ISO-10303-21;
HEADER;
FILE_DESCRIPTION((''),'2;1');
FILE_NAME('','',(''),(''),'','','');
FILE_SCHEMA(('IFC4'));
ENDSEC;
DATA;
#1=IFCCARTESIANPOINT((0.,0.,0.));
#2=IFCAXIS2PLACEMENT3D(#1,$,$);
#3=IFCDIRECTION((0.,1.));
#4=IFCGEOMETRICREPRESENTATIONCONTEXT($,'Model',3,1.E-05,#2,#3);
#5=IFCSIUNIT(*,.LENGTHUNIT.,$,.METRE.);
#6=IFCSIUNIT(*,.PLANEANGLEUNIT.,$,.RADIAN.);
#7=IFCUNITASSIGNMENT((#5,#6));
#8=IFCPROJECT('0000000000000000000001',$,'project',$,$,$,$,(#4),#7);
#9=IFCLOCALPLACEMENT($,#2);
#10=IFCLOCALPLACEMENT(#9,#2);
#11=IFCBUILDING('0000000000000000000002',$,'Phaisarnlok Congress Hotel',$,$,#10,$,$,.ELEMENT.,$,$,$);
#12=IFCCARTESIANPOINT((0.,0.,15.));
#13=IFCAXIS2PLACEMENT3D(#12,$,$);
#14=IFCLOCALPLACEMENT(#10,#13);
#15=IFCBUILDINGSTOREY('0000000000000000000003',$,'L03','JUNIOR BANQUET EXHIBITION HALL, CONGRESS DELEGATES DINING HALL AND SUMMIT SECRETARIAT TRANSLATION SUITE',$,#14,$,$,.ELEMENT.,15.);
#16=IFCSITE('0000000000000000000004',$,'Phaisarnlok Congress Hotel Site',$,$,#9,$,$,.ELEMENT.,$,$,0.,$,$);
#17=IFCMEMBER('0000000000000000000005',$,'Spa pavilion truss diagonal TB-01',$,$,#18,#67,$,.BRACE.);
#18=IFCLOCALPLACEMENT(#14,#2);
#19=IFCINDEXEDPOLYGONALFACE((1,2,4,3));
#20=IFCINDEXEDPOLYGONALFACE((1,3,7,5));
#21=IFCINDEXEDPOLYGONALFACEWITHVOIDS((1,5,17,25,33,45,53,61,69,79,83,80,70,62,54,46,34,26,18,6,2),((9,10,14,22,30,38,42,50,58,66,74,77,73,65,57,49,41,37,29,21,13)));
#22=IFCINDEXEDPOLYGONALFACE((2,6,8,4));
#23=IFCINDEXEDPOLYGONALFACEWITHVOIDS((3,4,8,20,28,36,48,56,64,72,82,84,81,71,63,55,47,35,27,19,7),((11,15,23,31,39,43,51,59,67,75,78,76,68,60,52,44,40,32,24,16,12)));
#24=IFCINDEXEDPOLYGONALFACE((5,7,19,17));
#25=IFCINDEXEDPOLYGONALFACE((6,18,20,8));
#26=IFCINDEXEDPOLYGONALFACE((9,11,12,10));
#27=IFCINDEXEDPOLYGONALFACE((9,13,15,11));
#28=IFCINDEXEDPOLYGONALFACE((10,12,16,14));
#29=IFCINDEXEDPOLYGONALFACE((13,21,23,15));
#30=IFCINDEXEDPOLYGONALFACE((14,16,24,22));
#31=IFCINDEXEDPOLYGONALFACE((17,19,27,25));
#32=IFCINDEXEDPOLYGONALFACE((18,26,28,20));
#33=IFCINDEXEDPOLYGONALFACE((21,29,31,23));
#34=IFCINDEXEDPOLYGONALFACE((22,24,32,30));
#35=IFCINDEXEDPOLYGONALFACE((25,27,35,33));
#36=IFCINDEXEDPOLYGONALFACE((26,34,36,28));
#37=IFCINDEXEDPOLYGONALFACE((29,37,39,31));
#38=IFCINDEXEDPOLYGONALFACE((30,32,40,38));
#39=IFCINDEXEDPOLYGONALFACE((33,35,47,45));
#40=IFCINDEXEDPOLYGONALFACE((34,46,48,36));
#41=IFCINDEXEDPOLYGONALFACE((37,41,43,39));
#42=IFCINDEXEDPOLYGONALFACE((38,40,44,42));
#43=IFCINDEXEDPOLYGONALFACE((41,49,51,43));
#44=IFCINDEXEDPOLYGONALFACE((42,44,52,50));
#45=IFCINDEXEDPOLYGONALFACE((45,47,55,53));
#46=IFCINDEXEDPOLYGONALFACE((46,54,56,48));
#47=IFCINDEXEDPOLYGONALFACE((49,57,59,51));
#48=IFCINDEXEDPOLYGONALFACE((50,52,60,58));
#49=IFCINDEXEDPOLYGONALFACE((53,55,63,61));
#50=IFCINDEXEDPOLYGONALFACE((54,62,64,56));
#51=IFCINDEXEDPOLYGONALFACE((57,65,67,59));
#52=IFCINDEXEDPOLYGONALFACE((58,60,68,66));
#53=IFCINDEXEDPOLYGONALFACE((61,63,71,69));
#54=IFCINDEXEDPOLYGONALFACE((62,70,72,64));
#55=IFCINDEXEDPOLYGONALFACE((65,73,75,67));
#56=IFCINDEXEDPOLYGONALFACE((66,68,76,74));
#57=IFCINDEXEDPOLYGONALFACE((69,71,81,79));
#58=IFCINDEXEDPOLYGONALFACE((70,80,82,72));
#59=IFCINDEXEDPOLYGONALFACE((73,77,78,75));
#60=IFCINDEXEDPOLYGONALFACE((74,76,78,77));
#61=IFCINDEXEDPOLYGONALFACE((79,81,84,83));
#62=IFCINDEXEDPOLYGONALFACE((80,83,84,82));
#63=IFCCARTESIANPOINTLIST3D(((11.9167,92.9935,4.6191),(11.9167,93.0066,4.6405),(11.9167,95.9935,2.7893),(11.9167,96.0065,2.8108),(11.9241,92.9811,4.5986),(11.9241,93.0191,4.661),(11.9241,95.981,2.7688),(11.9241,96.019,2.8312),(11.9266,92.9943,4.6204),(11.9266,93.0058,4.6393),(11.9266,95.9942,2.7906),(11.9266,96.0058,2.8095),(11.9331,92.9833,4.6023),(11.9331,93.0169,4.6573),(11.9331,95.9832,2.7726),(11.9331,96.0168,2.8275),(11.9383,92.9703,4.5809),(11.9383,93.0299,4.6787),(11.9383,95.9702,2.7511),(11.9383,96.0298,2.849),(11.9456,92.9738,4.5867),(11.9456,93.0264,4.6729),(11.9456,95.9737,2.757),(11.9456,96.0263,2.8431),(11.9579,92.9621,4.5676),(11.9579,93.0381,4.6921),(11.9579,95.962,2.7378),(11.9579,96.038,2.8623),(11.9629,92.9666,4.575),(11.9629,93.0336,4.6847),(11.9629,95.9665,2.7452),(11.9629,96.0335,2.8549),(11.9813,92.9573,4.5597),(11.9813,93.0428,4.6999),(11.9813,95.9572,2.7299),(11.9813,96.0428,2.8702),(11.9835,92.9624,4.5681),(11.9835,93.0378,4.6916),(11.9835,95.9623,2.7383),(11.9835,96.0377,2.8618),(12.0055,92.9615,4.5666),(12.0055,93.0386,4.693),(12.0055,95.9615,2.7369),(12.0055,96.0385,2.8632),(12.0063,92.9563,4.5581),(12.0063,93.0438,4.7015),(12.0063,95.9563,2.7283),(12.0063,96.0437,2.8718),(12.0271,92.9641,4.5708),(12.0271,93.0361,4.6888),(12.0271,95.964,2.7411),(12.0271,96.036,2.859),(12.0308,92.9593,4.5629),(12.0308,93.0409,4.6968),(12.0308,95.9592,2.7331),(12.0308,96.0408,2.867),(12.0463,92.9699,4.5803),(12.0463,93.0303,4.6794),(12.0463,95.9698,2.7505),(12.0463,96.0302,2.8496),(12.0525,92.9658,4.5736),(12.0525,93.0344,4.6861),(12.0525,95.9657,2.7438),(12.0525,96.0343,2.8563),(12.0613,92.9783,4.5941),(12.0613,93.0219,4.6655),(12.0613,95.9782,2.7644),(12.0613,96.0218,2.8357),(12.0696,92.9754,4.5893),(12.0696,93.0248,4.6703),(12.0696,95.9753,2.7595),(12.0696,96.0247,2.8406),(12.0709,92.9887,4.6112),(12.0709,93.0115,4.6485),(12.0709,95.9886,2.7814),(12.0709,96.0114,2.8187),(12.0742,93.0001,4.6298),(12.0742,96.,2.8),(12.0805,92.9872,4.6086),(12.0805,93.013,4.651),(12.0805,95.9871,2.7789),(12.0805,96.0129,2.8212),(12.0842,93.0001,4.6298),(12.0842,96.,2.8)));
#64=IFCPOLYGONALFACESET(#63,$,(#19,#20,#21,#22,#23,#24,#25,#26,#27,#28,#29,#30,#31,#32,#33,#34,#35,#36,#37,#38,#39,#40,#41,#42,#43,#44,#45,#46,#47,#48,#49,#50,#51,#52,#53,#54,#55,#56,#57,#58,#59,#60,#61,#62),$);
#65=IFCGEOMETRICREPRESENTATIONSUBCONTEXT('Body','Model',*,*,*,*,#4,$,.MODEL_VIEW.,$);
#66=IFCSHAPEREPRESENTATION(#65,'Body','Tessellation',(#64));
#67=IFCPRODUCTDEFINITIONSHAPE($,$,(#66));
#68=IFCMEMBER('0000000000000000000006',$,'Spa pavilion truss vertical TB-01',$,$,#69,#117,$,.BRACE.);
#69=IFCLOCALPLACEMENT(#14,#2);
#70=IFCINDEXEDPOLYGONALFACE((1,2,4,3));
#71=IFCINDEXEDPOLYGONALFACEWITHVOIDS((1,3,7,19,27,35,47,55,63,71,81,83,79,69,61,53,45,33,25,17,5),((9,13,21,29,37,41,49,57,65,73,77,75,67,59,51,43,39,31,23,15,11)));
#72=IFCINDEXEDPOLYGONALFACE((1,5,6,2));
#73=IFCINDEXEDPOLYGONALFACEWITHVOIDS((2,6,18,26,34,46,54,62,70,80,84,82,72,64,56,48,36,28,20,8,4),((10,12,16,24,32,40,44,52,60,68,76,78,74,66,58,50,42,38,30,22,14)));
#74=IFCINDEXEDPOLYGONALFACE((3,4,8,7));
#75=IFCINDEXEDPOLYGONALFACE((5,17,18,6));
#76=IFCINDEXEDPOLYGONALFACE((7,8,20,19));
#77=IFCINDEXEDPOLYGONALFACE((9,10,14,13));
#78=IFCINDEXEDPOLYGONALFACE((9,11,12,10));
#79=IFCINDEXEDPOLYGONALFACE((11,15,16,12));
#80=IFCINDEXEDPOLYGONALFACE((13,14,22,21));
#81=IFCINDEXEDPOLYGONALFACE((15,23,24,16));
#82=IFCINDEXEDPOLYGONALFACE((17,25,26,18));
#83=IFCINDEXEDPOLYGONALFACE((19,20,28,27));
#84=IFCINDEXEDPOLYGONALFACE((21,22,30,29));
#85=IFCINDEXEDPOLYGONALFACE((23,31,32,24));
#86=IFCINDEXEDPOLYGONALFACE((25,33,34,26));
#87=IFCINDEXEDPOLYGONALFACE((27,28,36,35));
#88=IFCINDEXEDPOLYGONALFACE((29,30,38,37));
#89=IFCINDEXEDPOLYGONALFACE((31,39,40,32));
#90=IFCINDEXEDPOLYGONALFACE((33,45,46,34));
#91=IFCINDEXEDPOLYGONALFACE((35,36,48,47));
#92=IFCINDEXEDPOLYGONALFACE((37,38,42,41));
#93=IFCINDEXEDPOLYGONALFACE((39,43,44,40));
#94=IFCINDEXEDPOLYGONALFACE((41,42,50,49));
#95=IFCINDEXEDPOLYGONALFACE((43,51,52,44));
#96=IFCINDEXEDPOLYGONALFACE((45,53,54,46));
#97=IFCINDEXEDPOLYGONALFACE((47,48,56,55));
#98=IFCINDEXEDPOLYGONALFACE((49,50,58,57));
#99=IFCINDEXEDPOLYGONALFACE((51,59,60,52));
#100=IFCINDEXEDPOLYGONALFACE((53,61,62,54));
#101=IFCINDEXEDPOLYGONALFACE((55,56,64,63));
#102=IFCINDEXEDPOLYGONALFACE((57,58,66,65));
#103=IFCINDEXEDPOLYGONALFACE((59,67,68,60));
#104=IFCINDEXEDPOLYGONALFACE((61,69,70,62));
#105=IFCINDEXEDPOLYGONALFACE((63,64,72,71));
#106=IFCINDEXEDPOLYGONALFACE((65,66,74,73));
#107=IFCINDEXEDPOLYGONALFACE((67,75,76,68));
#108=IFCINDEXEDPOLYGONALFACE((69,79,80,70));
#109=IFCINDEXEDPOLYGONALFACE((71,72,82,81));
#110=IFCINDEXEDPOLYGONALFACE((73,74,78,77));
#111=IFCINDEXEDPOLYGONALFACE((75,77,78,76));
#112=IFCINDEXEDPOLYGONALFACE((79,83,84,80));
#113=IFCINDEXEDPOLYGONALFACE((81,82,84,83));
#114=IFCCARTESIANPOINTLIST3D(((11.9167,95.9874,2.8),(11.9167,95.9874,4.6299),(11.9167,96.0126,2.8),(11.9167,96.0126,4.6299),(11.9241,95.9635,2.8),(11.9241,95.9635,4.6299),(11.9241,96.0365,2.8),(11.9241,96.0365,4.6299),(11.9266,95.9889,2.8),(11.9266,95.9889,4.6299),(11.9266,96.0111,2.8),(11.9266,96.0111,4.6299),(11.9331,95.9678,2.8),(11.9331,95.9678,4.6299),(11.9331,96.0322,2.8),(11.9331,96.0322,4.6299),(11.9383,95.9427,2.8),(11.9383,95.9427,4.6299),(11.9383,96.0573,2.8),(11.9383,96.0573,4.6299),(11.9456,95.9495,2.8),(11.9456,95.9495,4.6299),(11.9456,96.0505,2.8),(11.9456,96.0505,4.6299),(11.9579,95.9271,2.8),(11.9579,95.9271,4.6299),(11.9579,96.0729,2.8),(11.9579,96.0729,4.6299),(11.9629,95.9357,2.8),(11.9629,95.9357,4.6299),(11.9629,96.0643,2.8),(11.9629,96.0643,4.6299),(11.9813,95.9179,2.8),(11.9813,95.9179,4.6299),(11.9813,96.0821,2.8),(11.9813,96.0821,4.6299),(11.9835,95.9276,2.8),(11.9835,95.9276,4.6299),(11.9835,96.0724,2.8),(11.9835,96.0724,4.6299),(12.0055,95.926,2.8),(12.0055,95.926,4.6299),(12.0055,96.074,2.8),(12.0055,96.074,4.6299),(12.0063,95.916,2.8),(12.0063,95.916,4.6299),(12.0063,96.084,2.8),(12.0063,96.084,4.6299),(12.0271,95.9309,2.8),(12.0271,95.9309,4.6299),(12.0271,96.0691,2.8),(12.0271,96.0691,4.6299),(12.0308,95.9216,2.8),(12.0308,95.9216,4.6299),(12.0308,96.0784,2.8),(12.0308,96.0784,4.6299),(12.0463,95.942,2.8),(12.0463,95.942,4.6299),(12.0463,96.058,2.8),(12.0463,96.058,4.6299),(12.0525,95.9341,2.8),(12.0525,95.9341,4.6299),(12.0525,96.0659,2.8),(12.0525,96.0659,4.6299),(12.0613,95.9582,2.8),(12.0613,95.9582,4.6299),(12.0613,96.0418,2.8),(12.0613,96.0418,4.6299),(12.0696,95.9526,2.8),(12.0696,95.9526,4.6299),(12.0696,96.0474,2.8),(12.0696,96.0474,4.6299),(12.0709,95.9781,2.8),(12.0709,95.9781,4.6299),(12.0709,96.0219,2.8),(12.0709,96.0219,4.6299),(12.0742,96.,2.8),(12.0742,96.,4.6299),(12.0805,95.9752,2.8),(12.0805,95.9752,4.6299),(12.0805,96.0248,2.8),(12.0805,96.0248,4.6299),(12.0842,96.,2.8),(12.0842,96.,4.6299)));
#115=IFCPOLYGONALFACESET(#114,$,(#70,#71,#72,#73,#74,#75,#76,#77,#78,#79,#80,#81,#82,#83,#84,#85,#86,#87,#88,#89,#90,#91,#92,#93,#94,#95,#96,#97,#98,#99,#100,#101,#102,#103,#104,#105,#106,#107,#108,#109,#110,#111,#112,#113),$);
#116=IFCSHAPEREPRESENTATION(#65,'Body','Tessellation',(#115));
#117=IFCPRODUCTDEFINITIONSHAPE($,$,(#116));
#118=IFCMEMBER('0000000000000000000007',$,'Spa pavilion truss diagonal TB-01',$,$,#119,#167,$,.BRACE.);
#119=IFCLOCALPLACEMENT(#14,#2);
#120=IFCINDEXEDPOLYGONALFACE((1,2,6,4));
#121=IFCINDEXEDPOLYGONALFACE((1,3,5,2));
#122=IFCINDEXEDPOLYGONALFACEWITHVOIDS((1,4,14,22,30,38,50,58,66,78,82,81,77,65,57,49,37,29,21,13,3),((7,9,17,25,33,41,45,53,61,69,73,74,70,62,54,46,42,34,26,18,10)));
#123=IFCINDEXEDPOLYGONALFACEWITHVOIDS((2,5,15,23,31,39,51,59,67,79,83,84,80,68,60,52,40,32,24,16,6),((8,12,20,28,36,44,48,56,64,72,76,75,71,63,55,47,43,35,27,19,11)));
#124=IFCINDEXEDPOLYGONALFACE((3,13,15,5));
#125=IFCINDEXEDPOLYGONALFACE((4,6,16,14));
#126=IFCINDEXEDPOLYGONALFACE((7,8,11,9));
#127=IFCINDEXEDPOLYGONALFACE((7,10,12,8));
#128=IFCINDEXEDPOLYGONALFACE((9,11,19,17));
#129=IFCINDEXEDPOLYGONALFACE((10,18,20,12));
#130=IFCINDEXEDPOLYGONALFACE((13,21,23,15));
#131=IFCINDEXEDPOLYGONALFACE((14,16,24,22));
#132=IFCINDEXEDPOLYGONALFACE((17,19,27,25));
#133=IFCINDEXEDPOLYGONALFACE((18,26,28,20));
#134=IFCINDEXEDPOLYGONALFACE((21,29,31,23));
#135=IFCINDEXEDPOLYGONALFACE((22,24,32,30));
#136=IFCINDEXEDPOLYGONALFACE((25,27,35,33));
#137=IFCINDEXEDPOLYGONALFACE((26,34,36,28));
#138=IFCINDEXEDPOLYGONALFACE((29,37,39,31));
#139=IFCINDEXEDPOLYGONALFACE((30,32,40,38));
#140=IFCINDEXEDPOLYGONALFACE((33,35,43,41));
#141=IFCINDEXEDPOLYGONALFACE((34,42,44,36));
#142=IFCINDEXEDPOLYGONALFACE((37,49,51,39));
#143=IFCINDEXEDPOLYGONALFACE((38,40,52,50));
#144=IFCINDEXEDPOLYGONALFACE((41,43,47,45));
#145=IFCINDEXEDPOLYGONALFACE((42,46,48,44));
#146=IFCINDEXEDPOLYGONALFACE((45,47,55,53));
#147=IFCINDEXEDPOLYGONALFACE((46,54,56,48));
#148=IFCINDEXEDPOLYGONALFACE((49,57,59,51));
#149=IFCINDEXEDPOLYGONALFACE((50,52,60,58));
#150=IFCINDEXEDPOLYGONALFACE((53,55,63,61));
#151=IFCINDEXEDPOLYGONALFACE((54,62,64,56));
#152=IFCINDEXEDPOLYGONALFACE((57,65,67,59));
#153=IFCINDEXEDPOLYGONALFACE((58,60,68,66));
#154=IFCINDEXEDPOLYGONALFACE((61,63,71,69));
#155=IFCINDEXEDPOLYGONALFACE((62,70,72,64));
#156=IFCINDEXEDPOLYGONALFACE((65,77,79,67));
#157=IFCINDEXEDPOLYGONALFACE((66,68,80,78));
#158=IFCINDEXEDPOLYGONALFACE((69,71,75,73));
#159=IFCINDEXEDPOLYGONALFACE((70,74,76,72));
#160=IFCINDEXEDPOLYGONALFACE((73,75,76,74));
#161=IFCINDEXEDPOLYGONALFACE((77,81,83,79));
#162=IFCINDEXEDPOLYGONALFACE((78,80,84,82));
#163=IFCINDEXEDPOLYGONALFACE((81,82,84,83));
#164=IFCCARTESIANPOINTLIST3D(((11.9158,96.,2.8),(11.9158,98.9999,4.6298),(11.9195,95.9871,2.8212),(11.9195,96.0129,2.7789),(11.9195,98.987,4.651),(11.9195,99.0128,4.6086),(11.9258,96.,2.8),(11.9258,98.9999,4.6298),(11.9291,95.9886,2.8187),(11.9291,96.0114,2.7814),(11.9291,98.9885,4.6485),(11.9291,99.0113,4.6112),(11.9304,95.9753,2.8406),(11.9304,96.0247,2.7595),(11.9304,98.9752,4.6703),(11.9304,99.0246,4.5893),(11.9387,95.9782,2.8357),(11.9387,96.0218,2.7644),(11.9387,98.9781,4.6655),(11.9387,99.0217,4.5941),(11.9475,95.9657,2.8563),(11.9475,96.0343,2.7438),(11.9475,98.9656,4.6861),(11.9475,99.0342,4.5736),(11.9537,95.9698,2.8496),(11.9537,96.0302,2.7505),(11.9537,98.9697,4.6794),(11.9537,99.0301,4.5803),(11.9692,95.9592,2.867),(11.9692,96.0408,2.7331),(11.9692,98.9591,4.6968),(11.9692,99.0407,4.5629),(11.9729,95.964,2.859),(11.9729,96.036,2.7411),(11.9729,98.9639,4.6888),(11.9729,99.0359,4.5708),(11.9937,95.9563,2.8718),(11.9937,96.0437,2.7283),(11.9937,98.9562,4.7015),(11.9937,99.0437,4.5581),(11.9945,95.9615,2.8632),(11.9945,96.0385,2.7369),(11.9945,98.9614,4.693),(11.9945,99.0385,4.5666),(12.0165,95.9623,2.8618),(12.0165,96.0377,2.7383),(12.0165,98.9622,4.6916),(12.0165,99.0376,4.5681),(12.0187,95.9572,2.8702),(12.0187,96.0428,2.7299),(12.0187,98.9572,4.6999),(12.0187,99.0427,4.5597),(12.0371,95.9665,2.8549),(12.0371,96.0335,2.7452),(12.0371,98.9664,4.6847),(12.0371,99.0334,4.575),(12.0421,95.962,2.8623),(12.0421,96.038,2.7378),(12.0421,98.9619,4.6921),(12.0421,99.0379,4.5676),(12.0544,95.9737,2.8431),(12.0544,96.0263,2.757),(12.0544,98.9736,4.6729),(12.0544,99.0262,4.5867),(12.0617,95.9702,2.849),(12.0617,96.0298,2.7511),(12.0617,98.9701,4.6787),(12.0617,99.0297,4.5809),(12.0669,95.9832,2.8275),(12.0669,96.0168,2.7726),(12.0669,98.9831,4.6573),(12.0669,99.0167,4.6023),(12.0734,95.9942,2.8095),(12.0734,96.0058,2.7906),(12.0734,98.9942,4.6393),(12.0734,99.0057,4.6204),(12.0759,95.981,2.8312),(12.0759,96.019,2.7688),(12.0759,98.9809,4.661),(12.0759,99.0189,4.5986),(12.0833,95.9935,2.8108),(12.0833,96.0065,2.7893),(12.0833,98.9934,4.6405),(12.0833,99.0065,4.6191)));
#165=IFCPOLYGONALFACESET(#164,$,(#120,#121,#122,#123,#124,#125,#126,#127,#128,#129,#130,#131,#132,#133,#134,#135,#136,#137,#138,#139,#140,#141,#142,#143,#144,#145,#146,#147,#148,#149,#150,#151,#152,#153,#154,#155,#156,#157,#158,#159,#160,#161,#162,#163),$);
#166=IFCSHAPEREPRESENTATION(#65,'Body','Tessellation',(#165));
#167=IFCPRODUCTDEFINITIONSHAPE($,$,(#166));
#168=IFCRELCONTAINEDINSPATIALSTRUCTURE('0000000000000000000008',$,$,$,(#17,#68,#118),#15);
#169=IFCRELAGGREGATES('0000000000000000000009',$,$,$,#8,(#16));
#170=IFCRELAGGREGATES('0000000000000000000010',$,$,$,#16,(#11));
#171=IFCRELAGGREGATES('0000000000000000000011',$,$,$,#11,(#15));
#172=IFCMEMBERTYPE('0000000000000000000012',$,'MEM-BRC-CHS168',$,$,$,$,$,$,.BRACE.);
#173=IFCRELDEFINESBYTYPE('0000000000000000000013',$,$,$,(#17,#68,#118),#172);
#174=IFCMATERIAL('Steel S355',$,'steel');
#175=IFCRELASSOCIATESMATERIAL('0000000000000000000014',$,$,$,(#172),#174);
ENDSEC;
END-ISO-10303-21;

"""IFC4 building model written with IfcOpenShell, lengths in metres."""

from ifc_helpers import new_model, si_unit, direction, frame, origin, origin_2d, place, context, subcontext, project, spatial, hollow_circle, extrude, material, material_profile, profile_set, type_object, element, save


model = new_model("IFC4")

# Units and contexts
model_context = context("Model", 3, precision=1e-05, world=origin(), true_north=direction((0.0, 1.0)))
body_context = subcontext(model_context, "Body", "Model", "MODEL_VIEW")
ifc_project = project(units=[si_unit("LENGTHUNIT", "METRE"), si_unit("PLANEANGLEUNIT", "RADIAN")], contexts=[model_context])

# Site, building, storey
site_placement = place(None, origin())
site = spatial("IfcSite", under=ifc_project, at=site_placement, Name="Phaisarnlok Congress Hotel Site", CompositionType="ELEMENT", RefElevation=0.0)
building_placement = place(site_placement, origin())
building = spatial("IfcBuilding", under=site, at=building_placement, Name="Phaisarnlok Congress Hotel", CompositionType="ELEMENT")
storey_placement = place(building_placement, frame((0.0, 0.0, 15.0)))
storey = spatial("IfcBuildingStorey", under=building, at=storey_placement, Name="L03", Description="JUNIOR BANQUET EXHIBITION HALL, CONGRESS DELEGATES DINING HALL AND SUMMIT SECRETARIAT TRANSLATION SUITE", CompositionType="ELEMENT", Elevation=15.0)

# Members
ifc_material = material(Name="Steel S355", Category="steel")
ifc_material_profile_1 = material_profile(ifc_material, hollow_circle(Radius=0.0842, WallThickness=0.01, at=origin_2d()), Name="CHS 168.3x10")
ifc_profile_set_1 = profile_set([ifc_material_profile_1], Name="Steel S355")
member_type_1 = type_object("IfcMemberType", Name="MEM-BRC-CHS168", PredefinedType="BRACE", material=ifc_profile_set_1)
member_1_placement = place(storey_placement, frame((12.0, 96.0, 2.8), z_axis=(0.0, -0.853725, 0.520725), x_axis=(1.0, 0.0, 0.0)))
element("IfcMember", 1, at=member_1_placement, inside=storey, type_object=member_type_1, Name="Spa pavilion truss diagonal TB-01", PredefinedType="BRACE", context=body_context, shape_type="SweptSolid", body=[
    extrude(hollow_circle(Radius=0.0842, WallThickness=0.01, at=origin_2d()), origin(), (0.0, 0.0, 1.0), 3.5139),
])
member_2_placement = place(storey_placement, frame((12.0, 96.0, 2.8), z_axis=(0.0, 0.0, 1.0), x_axis=(1.0, 0.0, 0.0)))
element("IfcMember", 2, at=member_2_placement, inside=storey, type_object=member_type_1, Name="Spa pavilion truss vertical TB-01", PredefinedType="BRACE", context=body_context, shape_type="SweptSolid", body=[
    extrude(hollow_circle(Radius=0.0842, WallThickness=0.01, at=origin_2d()), origin(), (0.0, 0.0, 1.0), 1.8298),
])
for number, where, z_axis, x_axis, name in (
    (3, (12.0, 96.0, 2.8), (0.0, 0.853725, 0.520725), (-1.0, 0.0, 0.0), "Spa pavilion truss diagonal TB-01"),
):
    element("IfcMember", number, at=place(storey_placement, frame(where, z_axis=z_axis, x_axis=x_axis)), inside=storey, type_object=member_type_1, Name=name, PredefinedType="BRACE", context=body_context, shape_type="SweptSolid", body=[
        extrude(hollow_circle(Radius=0.0842, WallThickness=0.01, at=origin_2d()), origin(), (0.0, 0.0, 1.0), 3.5139),
    ])

save(model, "model.ifc")
